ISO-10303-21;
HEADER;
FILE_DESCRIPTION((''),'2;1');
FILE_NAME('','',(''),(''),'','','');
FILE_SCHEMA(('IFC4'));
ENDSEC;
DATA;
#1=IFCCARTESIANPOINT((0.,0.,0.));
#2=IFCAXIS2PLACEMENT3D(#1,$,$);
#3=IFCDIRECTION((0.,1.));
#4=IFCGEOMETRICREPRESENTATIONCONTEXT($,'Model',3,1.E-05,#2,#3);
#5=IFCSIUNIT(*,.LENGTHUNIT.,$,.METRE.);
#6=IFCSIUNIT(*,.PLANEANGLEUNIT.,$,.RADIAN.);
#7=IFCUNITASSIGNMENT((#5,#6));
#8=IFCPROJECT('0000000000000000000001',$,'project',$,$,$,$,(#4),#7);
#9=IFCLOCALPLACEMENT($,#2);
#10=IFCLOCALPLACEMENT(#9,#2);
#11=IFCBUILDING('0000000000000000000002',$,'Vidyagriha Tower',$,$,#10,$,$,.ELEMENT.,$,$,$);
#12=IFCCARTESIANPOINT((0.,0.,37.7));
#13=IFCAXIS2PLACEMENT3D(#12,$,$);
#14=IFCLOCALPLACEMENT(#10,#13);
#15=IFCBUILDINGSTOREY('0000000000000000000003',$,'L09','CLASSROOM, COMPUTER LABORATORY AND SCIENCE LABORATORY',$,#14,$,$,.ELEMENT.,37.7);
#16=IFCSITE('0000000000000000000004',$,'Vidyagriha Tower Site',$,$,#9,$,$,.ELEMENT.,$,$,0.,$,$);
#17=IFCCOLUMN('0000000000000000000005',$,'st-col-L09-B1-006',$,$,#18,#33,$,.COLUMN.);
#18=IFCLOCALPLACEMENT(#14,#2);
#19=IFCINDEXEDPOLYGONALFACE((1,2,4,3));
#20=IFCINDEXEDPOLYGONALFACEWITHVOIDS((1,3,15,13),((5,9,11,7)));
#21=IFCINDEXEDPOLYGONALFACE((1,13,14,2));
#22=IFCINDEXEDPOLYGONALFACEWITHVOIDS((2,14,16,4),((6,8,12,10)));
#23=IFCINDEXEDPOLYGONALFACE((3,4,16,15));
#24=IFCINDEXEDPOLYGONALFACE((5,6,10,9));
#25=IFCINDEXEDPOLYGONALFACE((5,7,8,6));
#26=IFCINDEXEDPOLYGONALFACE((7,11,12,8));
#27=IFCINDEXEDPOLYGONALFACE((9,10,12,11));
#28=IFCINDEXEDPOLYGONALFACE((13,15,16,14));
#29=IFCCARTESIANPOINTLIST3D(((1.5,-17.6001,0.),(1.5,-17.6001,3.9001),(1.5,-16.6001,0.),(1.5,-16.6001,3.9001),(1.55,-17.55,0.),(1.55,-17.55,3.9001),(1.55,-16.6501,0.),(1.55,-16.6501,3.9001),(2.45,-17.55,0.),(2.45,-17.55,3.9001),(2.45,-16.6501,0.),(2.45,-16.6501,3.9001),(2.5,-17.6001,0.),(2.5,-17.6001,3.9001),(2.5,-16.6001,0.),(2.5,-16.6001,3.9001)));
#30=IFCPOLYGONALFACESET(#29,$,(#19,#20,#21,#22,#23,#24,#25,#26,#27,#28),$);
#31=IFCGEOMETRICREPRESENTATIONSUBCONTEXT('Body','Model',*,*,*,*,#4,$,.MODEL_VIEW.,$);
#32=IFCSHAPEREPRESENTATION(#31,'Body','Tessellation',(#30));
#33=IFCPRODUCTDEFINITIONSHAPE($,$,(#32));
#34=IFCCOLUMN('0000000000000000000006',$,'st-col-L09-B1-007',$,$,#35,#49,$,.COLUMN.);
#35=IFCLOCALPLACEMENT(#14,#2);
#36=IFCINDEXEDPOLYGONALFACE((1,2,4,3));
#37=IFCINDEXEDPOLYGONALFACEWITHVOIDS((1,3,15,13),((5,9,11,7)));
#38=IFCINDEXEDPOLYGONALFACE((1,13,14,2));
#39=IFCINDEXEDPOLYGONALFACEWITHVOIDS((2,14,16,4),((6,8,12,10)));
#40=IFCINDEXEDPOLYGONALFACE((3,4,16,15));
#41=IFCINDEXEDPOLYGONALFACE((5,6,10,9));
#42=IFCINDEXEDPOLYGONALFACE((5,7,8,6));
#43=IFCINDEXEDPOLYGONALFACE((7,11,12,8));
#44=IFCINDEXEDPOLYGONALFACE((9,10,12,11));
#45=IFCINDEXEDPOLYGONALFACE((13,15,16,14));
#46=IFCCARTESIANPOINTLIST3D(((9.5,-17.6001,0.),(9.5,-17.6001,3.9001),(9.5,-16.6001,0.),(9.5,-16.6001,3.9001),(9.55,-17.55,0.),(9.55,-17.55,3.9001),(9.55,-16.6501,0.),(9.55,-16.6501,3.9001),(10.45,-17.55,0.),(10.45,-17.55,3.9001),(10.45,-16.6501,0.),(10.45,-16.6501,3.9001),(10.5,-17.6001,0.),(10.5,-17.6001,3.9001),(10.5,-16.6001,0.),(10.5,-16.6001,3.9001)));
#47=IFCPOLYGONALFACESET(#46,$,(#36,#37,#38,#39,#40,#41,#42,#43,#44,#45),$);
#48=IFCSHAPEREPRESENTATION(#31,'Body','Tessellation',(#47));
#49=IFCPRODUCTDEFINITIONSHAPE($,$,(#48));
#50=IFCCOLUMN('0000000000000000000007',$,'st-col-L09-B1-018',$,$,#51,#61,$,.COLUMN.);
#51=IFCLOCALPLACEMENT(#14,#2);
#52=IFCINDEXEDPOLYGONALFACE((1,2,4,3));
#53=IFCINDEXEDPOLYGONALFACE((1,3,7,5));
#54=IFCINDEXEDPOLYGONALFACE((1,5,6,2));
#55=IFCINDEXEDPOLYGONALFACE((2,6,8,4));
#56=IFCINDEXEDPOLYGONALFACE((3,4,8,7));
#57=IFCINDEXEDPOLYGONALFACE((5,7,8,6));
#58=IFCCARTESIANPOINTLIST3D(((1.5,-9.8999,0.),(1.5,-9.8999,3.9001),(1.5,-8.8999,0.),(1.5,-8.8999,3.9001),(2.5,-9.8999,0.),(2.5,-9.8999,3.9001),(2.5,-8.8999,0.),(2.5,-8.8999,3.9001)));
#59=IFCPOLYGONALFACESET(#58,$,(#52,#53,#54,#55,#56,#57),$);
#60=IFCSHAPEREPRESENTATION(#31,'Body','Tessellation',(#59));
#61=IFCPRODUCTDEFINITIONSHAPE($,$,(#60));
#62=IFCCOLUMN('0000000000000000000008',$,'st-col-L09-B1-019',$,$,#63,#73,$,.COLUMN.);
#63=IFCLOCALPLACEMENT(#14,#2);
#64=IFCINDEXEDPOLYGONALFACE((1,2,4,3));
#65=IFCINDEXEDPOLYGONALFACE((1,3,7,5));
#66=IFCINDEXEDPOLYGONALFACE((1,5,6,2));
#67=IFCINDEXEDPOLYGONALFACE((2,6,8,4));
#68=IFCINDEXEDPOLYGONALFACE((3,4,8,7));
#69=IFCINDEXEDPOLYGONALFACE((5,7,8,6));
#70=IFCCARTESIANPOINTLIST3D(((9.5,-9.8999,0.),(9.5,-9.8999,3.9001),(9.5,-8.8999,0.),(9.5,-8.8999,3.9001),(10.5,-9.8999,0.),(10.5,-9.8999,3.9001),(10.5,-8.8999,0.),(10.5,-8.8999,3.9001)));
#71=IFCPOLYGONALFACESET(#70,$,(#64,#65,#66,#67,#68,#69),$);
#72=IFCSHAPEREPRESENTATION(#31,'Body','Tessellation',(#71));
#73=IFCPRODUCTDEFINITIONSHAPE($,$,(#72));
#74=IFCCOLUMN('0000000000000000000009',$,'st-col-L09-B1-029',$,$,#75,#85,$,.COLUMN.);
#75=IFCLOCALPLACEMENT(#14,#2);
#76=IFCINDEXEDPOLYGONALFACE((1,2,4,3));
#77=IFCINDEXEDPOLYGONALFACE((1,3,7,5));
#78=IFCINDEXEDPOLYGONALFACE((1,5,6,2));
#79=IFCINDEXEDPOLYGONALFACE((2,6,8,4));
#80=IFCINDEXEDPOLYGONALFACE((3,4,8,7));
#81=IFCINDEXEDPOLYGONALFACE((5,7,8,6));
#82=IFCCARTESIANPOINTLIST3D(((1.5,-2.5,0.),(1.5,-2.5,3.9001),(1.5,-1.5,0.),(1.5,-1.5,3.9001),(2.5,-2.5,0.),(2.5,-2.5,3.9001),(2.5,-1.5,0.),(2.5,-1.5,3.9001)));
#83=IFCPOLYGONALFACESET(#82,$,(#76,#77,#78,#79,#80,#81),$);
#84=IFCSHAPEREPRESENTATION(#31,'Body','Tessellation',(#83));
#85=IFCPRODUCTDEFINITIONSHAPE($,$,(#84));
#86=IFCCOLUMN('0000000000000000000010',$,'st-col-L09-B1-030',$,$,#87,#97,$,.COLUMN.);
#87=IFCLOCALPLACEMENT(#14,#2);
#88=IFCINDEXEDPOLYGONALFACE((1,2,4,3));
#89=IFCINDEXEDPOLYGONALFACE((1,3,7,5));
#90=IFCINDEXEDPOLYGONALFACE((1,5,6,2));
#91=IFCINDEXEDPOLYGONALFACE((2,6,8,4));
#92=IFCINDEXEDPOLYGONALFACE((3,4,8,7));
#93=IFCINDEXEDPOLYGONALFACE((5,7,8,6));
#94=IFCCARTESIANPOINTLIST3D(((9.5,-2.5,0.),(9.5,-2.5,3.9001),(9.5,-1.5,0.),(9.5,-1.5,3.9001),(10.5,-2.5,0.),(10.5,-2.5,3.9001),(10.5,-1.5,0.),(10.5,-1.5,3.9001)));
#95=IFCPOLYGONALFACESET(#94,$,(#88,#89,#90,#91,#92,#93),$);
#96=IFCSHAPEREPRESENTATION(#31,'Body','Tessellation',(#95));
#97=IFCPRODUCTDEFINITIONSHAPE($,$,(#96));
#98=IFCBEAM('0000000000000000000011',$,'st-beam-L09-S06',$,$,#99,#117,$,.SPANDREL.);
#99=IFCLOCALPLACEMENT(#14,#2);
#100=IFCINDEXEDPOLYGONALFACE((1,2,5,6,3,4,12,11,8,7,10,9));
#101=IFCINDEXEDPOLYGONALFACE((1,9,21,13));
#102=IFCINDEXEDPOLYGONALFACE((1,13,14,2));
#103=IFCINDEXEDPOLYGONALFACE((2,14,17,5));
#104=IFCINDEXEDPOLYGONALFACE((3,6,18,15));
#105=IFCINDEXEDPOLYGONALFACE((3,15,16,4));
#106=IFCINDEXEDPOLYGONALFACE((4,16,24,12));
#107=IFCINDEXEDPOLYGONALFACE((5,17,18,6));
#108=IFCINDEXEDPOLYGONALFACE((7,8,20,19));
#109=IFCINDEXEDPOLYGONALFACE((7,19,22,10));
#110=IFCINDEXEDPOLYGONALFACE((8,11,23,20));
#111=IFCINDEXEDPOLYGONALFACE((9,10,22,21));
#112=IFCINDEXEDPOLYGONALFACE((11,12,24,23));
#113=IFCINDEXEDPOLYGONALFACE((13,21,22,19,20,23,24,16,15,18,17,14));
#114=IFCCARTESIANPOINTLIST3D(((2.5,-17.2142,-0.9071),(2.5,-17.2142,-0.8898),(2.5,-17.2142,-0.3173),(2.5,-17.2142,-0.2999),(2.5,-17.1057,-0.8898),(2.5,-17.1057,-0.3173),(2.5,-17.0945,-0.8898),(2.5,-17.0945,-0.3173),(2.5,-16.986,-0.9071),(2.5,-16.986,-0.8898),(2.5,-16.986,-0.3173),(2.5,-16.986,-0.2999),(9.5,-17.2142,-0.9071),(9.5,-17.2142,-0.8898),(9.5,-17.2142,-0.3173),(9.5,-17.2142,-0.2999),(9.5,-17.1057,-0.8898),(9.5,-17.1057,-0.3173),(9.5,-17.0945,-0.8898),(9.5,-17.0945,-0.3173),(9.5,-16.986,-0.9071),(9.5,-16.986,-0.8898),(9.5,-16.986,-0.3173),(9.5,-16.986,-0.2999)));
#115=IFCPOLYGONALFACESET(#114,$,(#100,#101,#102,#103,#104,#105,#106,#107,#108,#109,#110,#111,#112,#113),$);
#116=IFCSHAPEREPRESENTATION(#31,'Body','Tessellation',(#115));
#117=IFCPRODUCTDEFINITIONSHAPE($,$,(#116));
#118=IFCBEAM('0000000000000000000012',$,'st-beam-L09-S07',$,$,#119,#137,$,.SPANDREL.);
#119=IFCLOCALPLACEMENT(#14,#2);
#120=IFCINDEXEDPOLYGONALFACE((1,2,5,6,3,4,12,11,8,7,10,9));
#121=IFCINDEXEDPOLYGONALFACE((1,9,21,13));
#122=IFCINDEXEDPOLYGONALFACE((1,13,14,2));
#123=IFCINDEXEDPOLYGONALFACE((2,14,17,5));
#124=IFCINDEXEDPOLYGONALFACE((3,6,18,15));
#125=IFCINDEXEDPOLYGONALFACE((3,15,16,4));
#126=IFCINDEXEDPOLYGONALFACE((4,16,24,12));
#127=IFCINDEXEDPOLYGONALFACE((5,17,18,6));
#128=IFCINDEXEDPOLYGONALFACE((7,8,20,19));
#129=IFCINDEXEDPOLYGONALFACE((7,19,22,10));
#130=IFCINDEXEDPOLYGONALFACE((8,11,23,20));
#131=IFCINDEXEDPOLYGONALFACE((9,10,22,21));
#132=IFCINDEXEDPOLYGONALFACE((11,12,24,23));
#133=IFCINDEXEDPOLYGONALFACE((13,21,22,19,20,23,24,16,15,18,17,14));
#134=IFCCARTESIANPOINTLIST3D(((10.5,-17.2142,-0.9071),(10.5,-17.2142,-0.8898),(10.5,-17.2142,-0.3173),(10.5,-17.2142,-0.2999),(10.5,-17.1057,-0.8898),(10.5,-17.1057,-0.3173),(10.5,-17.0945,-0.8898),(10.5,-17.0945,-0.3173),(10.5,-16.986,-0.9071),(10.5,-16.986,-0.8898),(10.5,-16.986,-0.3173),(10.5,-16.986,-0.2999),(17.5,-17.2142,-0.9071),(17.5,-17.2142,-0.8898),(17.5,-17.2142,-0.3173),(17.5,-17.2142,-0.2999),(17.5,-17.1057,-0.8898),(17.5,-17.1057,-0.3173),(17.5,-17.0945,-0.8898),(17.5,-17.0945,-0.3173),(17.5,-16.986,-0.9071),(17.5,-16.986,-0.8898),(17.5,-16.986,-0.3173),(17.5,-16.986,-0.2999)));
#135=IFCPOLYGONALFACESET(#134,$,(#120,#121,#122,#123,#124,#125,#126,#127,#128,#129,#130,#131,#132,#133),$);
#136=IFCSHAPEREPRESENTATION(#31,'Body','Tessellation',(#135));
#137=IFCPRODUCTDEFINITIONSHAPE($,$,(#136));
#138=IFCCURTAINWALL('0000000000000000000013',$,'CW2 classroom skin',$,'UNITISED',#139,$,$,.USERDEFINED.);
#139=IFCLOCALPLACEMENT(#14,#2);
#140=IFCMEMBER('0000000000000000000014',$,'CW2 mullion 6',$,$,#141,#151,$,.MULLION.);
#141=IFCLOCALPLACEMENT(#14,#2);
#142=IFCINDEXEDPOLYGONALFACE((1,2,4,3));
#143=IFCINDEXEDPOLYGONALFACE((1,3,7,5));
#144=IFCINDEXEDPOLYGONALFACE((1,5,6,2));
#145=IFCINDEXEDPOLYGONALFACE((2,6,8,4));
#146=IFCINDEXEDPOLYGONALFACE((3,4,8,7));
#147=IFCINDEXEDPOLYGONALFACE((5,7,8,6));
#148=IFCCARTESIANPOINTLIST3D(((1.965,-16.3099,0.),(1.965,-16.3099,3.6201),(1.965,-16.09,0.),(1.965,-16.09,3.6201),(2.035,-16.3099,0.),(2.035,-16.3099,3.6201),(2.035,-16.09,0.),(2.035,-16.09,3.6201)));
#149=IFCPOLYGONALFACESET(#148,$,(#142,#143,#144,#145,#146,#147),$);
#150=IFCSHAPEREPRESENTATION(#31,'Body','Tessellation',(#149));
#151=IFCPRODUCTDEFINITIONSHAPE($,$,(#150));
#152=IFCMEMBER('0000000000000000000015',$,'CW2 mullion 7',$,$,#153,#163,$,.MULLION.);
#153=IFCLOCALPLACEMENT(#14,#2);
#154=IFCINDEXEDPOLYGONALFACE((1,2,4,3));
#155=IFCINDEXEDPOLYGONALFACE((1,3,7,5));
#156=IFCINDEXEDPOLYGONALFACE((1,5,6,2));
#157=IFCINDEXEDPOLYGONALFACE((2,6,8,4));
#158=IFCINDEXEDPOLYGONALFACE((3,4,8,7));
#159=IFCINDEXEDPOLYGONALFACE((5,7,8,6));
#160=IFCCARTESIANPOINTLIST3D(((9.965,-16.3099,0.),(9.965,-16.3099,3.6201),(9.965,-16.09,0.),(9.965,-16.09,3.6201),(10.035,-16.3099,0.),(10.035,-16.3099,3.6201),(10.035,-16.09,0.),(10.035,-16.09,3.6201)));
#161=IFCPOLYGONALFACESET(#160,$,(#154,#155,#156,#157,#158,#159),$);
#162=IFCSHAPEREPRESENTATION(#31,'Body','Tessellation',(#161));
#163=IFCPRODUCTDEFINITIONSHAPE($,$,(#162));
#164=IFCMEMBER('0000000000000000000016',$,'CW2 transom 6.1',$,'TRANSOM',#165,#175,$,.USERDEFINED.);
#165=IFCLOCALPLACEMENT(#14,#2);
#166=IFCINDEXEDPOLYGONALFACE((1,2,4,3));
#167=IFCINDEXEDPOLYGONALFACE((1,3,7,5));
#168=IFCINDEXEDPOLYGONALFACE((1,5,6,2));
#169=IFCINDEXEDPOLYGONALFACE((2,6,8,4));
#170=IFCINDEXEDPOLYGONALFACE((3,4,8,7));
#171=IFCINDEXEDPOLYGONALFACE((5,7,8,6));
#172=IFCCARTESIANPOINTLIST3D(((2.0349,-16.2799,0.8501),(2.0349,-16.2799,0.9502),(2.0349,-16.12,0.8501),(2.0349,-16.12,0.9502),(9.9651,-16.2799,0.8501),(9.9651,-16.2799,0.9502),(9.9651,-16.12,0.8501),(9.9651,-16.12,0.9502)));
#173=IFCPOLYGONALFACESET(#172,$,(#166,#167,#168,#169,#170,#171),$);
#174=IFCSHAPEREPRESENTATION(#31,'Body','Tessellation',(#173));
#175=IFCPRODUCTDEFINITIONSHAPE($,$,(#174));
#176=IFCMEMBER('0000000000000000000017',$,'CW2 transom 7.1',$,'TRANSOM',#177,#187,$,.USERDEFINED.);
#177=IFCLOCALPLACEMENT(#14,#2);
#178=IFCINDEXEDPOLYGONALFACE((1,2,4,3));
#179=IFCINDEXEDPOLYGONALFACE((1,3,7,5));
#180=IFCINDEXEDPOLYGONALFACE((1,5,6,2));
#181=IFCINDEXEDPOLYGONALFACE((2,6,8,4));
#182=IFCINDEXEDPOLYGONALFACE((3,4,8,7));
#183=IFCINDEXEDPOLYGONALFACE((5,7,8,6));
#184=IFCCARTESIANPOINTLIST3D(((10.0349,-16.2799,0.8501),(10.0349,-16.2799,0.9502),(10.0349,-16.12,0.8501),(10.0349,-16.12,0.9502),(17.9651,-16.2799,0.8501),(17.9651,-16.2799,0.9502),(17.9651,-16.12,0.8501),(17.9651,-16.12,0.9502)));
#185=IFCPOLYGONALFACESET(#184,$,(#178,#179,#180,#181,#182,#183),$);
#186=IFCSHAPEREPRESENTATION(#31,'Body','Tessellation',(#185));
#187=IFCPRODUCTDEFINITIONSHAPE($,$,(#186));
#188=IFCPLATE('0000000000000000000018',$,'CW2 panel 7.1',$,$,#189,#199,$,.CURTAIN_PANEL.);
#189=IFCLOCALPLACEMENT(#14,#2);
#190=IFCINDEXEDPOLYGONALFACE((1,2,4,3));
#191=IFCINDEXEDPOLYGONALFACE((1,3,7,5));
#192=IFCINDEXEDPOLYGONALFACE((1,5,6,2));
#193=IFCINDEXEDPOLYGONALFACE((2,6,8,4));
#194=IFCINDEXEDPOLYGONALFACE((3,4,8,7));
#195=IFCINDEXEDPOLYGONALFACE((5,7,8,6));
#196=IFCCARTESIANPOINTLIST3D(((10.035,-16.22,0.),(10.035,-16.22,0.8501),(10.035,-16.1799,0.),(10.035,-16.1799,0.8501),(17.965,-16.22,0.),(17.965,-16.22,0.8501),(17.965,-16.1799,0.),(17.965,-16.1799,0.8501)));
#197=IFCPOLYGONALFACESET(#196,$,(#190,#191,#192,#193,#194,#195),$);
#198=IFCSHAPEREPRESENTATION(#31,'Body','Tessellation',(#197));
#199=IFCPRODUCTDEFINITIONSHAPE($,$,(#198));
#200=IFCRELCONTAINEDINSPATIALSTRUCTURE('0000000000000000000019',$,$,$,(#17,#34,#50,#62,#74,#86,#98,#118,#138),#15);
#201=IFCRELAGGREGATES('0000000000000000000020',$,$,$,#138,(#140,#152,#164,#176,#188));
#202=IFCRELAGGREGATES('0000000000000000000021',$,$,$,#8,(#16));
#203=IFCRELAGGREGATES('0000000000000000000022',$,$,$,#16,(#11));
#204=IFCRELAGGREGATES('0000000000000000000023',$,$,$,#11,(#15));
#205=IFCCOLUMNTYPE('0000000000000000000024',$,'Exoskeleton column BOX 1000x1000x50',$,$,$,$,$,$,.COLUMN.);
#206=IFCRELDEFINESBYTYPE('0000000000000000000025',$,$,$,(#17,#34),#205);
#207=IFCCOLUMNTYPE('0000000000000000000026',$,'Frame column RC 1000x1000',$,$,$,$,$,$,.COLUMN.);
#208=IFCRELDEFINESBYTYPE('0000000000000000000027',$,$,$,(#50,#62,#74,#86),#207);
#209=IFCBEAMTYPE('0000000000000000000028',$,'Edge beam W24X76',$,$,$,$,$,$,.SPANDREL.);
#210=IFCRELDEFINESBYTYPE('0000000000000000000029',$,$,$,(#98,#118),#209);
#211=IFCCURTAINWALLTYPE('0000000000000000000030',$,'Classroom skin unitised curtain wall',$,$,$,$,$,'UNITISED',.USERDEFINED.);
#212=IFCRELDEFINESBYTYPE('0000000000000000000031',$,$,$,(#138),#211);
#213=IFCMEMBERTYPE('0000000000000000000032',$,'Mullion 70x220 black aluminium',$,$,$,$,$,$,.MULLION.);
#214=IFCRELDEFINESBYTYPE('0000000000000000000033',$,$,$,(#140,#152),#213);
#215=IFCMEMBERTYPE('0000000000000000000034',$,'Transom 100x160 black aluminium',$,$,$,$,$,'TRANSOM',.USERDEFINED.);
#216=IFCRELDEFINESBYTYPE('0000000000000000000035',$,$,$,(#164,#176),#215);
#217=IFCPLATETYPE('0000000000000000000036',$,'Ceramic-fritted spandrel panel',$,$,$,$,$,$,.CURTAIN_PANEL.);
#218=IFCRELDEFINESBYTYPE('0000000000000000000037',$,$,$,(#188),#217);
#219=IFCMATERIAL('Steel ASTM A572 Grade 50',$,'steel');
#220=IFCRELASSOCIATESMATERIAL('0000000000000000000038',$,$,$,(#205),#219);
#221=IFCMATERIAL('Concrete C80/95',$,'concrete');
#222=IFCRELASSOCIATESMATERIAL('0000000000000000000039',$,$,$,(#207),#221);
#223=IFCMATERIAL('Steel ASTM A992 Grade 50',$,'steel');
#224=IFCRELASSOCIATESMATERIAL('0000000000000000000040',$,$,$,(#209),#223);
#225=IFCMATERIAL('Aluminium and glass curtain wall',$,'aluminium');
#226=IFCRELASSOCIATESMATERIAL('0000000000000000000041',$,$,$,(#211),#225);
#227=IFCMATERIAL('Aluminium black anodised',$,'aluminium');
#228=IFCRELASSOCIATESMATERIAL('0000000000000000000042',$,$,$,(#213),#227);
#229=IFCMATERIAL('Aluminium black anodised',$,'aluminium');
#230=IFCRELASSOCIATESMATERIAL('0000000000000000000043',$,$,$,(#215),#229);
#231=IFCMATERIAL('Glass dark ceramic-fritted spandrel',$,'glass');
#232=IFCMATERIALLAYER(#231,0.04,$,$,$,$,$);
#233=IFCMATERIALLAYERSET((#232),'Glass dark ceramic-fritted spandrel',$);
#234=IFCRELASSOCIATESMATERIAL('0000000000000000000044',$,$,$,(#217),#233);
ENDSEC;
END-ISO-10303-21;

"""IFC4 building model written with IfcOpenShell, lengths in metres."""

from ifc_helpers import new_model, si_unit, direction, frame, origin, origin_2d, place, context, subcontext, project, spatial, rectangle, hollow_rectangle, i_section, extrude, material, layer, layer_set, material_profile, profile_set, type_object, element, aggregate, save


model = new_model("IFC4")

# Units and contexts
model_context = context("Model", 3, precision=1e-05, world=origin(), true_north=direction((0.0, 1.0)))
body_context = subcontext(model_context, "Body", "Model", "MODEL_VIEW")
ifc_project = project(units=[si_unit("LENGTHUNIT", "METRE"), si_unit("PLANEANGLEUNIT", "RADIAN")], contexts=[model_context])

# Site, building, storey
site_placement = place(None, origin())
site = spatial("IfcSite", under=ifc_project, at=site_placement, Name="Vidyagriha Tower Site", CompositionType="ELEMENT", RefElevation=0.0)
building_placement = place(site_placement, origin())
building = spatial("IfcBuilding", under=site, at=building_placement, Name="Vidyagriha Tower", CompositionType="ELEMENT")
storey_placement = place(building_placement, frame((0.0, 0.0, 37.7)))
storey = spatial("IfcBuildingStorey", under=building, at=storey_placement, Name="L09", Description="CLASSROOM, COMPUTER LABORATORY AND SCIENCE LABORATORY", CompositionType="ELEMENT", Elevation=37.7)

# Columns
ifc_material_1 = material(Name="Steel ASTM A572 Grade 50", Category="steel")
ifc_material_profile_1 = material_profile(ifc_material_1, hollow_rectangle(XDim=1.0, YDim=1.0, WallThickness=0.05, at=origin_2d()), Name="BOX 1000x1000x50")
ifc_profile_set_1 = profile_set([ifc_material_profile_1], Name="Steel ASTM A572 Grade 50")
column_type_1 = type_object("IfcColumnType", Name="Exoskeleton column BOX 1000x1000x50", PredefinedType="COLUMN", material=ifc_profile_set_1)
for number, where, name in (
    (1, (2.0, -17.1001, 0.0), "st-col-L09-B1-006"),
    (2, (10.0, -17.1001, 0.0), "st-col-L09-B1-007"),
):
    element("IfcColumn", number, at=place(storey_placement, frame(where)), inside=storey, type_object=column_type_1, Name=name, PredefinedType="COLUMN", context=body_context, shape_type="SweptSolid", body=[
        extrude(hollow_rectangle(XDim=1.0, YDim=1.0, WallThickness=0.05, at=origin_2d()), origin(), (0.0, 0.0, 1.0), 3.9001),
    ])
ifc_material_2 = material(Name="Concrete C80/95", Category="concrete")
ifc_material_profile_2 = material_profile(ifc_material_2, rectangle(XDim=1.0, YDim=1.0, at=origin_2d()), Name="RC 1000x1000")
ifc_profile_set_2 = profile_set([ifc_material_profile_2], Name="Concrete C80/95")
column_type_2 = type_object("IfcColumnType", Name="Frame column RC 1000x1000", PredefinedType="COLUMN", material=ifc_profile_set_2)
for number, where, name in (
    (3, (2.0, -9.3999, 0.0), "st-col-L09-B1-018"),
    (4, (10.0, -9.3999, 0.0), "st-col-L09-B1-019"),
    (5, (2.0, -2.0, 0.0), "st-col-L09-B1-029"),
    (6, (10.0, -2.0, 0.0), "st-col-L09-B1-030"),
):
    element("IfcColumn", number, at=place(storey_placement, frame(where)), inside=storey, type_object=column_type_2, Name=name, PredefinedType="COLUMN", context=body_context, shape_type="SweptSolid", body=[
        extrude(rectangle(XDim=1.0, YDim=1.0, at=origin_2d()), origin(), (0.0, 0.0, 1.0), 3.9001),
    ])

# Beams
ifc_material_3 = material(Name="Steel ASTM A992 Grade 50", Category="steel")
ifc_material_profile_3 = material_profile(ifc_material_3, i_section(OverallWidth=0.2283, OverallDepth=0.6072, WebThickness=0.0112, FlangeThickness=0.0173, at=origin_2d()), Name="W24X76")
ifc_profile_set_3 = profile_set([ifc_material_profile_3], Name="Steel ASTM A992 Grade 50")
beam_type = type_object("IfcBeamType", Name="Edge beam W24X76", PredefinedType="SPANDREL", material=ifc_profile_set_3)
for number, where, z_axis, x_axis, name in (
    (7, (2.5, -17.1001, -0.6035), (1.0, 0.0, 0.0), (0.0, 1.0, 0.0), "st-beam-L09-S06"),
    (8, (10.5, -17.1001, -0.6035), (1.0, 0.0, 0.0), (0.0, 1.0, 0.0), "st-beam-L09-S07"),
):
    element("IfcBeam", number, at=place(storey_placement, frame(where, z_axis=z_axis, x_axis=x_axis)), inside=storey, type_object=beam_type, Name=name, PredefinedType="SPANDREL", context=body_context, shape_type="SweptSolid", body=[
        extrude(i_section(OverallWidth=0.2283, OverallDepth=0.6072, WebThickness=0.0112, FlangeThickness=0.0173, at=origin_2d()), origin(), (0.0, 0.0, 1.0), 7.0),
    ])

# Curtain wall, members, plate
ifc_material_4 = material(Name="Aluminium and glass curtain wall", Category="aluminium")
curtain_wall_type = type_object("IfcCurtainWallType", Name="Classroom skin unitised curtain wall", ElementType="UNITISED", PredefinedType="USERDEFINED", material=ifc_material_4)
curtain_wall_placement = place(storey_placement, origin())
curtain_wall = element("IfcCurtainWall", 9, at=curtain_wall_placement, inside=storey, type_object=curtain_wall_type, Name="CW2 classroom skin", ObjectType="UNITISED", PredefinedType="USERDEFINED")
ifc_material_5 = material(Name="Aluminium black anodised", Category="aluminium")
ifc_material_profile_4 = material_profile(ifc_material_5, rectangle(XDim=0.22, YDim=0.0701, at=origin_2d()), Name="Mullion 70x220 black aluminium")
ifc_profile_set_4 = profile_set([ifc_material_profile_4], Name="Aluminium black anodised")
member_type_1 = type_object("IfcMemberType", Name="Mullion 70x220 black aluminium", PredefinedType="MULLION", material=ifc_profile_set_4)
member_1_placement = place(storey_placement, frame((2.0, -16.2, 0.0), z_axis=(0.0, 0.0, 1.0), x_axis=(0.0, 1.0, 0.0)))
member_1 = element("IfcMember", 10, at=member_1_placement, type_object=member_type_1, Name="CW2 mullion 6", PredefinedType="MULLION", context=body_context, shape_type="SweptSolid", body=[
    extrude(rectangle(XDim=0.22, YDim=0.0701, at=origin_2d()), origin(), (0.0, 0.0, 1.0), 3.6201),
])
member_2_placement = place(storey_placement, frame((10.0, -16.2, 0.0), z_axis=(0.0, 0.0, 1.0), x_axis=(0.0, 1.0, 0.0)))
member_2 = element("IfcMember", 11, at=member_2_placement, type_object=member_type_1, Name="CW2 mullion 7", PredefinedType="MULLION", context=body_context, shape_type="SweptSolid", body=[
    extrude(rectangle(XDim=0.22, YDim=0.0701, at=origin_2d()), origin(), (0.0, 0.0, 1.0), 3.6201),
])
ifc_material_6 = material(Name="Aluminium black anodised", Category="aluminium")
ifc_material_profile_5 = material_profile(ifc_material_6, rectangle(XDim=0.1599, YDim=0.1001, at=origin_2d()), Name="Transom 100x160 black aluminium")
ifc_profile_set_5 = profile_set([ifc_material_profile_5], Name="Aluminium black anodised")
member_type_2 = type_object("IfcMemberType", Name="Transom 100x160 black aluminium", ElementType="TRANSOM", PredefinedType="USERDEFINED", material=ifc_profile_set_5)
member_3_placement = place(storey_placement, frame((2.0349, -16.2, 0.9001), z_axis=(1.0, 0.0, 0.0), x_axis=(0.0, 1.0, 0.0)))
member_3 = element("IfcMember", 12, at=member_3_placement, type_object=member_type_2, Name="CW2 transom 6.1", ObjectType="TRANSOM", PredefinedType="USERDEFINED", context=body_context, shape_type="SweptSolid", body=[
    extrude(rectangle(XDim=0.1599, YDim=0.1001, at=origin_2d()), origin(), (0.0, 0.0, 1.0), 7.9302),
])
member_4_placement = place(storey_placement, frame((10.0349, -16.2, 0.9001), z_axis=(1.0, 0.0, 0.0), x_axis=(0.0, 1.0, 0.0)))
member_4 = element("IfcMember", 13, at=member_4_placement, type_object=member_type_2, Name="CW2 transom 7.1", ObjectType="TRANSOM", PredefinedType="USERDEFINED", context=body_context, shape_type="SweptSolid", body=[
    extrude(rectangle(XDim=0.1599, YDim=0.1001, at=origin_2d()), origin(), (0.0, 0.0, 1.0), 7.9302),
])
ifc_material_7 = material(Name="Glass dark ceramic-fritted spandrel", Category="glass")
ifc_layer_1 = layer(ifc_material_7, 0.04)
ifc_layer_set_1 = layer_set([ifc_layer_1], Name="Glass dark ceramic-fritted spandrel")
plate_type_1 = type_object("IfcPlateType", Name="Ceramic-fritted spandrel panel", PredefinedType="CURTAIN_PANEL", material=ifc_layer_set_1)
plate_1_placement = place(storey_placement, frame((14.0, -16.2, 0.0)))
plate_1 = element("IfcPlate", 14, at=plate_1_placement, type_object=plate_type_1, Name="CW2 panel 7.1", PredefinedType="CURTAIN_PANEL", context=body_context, shape_type="SweptSolid", body=[
    extrude(rectangle(XDim=7.9299, YDim=0.04, at=origin_2d()), origin(), (0.0, 0.0, 1.0), 0.8501),
])

aggregate(curtain_wall, [member_1, member_2, member_3, member_4, plate_1])

save(model, "model.ifc")
